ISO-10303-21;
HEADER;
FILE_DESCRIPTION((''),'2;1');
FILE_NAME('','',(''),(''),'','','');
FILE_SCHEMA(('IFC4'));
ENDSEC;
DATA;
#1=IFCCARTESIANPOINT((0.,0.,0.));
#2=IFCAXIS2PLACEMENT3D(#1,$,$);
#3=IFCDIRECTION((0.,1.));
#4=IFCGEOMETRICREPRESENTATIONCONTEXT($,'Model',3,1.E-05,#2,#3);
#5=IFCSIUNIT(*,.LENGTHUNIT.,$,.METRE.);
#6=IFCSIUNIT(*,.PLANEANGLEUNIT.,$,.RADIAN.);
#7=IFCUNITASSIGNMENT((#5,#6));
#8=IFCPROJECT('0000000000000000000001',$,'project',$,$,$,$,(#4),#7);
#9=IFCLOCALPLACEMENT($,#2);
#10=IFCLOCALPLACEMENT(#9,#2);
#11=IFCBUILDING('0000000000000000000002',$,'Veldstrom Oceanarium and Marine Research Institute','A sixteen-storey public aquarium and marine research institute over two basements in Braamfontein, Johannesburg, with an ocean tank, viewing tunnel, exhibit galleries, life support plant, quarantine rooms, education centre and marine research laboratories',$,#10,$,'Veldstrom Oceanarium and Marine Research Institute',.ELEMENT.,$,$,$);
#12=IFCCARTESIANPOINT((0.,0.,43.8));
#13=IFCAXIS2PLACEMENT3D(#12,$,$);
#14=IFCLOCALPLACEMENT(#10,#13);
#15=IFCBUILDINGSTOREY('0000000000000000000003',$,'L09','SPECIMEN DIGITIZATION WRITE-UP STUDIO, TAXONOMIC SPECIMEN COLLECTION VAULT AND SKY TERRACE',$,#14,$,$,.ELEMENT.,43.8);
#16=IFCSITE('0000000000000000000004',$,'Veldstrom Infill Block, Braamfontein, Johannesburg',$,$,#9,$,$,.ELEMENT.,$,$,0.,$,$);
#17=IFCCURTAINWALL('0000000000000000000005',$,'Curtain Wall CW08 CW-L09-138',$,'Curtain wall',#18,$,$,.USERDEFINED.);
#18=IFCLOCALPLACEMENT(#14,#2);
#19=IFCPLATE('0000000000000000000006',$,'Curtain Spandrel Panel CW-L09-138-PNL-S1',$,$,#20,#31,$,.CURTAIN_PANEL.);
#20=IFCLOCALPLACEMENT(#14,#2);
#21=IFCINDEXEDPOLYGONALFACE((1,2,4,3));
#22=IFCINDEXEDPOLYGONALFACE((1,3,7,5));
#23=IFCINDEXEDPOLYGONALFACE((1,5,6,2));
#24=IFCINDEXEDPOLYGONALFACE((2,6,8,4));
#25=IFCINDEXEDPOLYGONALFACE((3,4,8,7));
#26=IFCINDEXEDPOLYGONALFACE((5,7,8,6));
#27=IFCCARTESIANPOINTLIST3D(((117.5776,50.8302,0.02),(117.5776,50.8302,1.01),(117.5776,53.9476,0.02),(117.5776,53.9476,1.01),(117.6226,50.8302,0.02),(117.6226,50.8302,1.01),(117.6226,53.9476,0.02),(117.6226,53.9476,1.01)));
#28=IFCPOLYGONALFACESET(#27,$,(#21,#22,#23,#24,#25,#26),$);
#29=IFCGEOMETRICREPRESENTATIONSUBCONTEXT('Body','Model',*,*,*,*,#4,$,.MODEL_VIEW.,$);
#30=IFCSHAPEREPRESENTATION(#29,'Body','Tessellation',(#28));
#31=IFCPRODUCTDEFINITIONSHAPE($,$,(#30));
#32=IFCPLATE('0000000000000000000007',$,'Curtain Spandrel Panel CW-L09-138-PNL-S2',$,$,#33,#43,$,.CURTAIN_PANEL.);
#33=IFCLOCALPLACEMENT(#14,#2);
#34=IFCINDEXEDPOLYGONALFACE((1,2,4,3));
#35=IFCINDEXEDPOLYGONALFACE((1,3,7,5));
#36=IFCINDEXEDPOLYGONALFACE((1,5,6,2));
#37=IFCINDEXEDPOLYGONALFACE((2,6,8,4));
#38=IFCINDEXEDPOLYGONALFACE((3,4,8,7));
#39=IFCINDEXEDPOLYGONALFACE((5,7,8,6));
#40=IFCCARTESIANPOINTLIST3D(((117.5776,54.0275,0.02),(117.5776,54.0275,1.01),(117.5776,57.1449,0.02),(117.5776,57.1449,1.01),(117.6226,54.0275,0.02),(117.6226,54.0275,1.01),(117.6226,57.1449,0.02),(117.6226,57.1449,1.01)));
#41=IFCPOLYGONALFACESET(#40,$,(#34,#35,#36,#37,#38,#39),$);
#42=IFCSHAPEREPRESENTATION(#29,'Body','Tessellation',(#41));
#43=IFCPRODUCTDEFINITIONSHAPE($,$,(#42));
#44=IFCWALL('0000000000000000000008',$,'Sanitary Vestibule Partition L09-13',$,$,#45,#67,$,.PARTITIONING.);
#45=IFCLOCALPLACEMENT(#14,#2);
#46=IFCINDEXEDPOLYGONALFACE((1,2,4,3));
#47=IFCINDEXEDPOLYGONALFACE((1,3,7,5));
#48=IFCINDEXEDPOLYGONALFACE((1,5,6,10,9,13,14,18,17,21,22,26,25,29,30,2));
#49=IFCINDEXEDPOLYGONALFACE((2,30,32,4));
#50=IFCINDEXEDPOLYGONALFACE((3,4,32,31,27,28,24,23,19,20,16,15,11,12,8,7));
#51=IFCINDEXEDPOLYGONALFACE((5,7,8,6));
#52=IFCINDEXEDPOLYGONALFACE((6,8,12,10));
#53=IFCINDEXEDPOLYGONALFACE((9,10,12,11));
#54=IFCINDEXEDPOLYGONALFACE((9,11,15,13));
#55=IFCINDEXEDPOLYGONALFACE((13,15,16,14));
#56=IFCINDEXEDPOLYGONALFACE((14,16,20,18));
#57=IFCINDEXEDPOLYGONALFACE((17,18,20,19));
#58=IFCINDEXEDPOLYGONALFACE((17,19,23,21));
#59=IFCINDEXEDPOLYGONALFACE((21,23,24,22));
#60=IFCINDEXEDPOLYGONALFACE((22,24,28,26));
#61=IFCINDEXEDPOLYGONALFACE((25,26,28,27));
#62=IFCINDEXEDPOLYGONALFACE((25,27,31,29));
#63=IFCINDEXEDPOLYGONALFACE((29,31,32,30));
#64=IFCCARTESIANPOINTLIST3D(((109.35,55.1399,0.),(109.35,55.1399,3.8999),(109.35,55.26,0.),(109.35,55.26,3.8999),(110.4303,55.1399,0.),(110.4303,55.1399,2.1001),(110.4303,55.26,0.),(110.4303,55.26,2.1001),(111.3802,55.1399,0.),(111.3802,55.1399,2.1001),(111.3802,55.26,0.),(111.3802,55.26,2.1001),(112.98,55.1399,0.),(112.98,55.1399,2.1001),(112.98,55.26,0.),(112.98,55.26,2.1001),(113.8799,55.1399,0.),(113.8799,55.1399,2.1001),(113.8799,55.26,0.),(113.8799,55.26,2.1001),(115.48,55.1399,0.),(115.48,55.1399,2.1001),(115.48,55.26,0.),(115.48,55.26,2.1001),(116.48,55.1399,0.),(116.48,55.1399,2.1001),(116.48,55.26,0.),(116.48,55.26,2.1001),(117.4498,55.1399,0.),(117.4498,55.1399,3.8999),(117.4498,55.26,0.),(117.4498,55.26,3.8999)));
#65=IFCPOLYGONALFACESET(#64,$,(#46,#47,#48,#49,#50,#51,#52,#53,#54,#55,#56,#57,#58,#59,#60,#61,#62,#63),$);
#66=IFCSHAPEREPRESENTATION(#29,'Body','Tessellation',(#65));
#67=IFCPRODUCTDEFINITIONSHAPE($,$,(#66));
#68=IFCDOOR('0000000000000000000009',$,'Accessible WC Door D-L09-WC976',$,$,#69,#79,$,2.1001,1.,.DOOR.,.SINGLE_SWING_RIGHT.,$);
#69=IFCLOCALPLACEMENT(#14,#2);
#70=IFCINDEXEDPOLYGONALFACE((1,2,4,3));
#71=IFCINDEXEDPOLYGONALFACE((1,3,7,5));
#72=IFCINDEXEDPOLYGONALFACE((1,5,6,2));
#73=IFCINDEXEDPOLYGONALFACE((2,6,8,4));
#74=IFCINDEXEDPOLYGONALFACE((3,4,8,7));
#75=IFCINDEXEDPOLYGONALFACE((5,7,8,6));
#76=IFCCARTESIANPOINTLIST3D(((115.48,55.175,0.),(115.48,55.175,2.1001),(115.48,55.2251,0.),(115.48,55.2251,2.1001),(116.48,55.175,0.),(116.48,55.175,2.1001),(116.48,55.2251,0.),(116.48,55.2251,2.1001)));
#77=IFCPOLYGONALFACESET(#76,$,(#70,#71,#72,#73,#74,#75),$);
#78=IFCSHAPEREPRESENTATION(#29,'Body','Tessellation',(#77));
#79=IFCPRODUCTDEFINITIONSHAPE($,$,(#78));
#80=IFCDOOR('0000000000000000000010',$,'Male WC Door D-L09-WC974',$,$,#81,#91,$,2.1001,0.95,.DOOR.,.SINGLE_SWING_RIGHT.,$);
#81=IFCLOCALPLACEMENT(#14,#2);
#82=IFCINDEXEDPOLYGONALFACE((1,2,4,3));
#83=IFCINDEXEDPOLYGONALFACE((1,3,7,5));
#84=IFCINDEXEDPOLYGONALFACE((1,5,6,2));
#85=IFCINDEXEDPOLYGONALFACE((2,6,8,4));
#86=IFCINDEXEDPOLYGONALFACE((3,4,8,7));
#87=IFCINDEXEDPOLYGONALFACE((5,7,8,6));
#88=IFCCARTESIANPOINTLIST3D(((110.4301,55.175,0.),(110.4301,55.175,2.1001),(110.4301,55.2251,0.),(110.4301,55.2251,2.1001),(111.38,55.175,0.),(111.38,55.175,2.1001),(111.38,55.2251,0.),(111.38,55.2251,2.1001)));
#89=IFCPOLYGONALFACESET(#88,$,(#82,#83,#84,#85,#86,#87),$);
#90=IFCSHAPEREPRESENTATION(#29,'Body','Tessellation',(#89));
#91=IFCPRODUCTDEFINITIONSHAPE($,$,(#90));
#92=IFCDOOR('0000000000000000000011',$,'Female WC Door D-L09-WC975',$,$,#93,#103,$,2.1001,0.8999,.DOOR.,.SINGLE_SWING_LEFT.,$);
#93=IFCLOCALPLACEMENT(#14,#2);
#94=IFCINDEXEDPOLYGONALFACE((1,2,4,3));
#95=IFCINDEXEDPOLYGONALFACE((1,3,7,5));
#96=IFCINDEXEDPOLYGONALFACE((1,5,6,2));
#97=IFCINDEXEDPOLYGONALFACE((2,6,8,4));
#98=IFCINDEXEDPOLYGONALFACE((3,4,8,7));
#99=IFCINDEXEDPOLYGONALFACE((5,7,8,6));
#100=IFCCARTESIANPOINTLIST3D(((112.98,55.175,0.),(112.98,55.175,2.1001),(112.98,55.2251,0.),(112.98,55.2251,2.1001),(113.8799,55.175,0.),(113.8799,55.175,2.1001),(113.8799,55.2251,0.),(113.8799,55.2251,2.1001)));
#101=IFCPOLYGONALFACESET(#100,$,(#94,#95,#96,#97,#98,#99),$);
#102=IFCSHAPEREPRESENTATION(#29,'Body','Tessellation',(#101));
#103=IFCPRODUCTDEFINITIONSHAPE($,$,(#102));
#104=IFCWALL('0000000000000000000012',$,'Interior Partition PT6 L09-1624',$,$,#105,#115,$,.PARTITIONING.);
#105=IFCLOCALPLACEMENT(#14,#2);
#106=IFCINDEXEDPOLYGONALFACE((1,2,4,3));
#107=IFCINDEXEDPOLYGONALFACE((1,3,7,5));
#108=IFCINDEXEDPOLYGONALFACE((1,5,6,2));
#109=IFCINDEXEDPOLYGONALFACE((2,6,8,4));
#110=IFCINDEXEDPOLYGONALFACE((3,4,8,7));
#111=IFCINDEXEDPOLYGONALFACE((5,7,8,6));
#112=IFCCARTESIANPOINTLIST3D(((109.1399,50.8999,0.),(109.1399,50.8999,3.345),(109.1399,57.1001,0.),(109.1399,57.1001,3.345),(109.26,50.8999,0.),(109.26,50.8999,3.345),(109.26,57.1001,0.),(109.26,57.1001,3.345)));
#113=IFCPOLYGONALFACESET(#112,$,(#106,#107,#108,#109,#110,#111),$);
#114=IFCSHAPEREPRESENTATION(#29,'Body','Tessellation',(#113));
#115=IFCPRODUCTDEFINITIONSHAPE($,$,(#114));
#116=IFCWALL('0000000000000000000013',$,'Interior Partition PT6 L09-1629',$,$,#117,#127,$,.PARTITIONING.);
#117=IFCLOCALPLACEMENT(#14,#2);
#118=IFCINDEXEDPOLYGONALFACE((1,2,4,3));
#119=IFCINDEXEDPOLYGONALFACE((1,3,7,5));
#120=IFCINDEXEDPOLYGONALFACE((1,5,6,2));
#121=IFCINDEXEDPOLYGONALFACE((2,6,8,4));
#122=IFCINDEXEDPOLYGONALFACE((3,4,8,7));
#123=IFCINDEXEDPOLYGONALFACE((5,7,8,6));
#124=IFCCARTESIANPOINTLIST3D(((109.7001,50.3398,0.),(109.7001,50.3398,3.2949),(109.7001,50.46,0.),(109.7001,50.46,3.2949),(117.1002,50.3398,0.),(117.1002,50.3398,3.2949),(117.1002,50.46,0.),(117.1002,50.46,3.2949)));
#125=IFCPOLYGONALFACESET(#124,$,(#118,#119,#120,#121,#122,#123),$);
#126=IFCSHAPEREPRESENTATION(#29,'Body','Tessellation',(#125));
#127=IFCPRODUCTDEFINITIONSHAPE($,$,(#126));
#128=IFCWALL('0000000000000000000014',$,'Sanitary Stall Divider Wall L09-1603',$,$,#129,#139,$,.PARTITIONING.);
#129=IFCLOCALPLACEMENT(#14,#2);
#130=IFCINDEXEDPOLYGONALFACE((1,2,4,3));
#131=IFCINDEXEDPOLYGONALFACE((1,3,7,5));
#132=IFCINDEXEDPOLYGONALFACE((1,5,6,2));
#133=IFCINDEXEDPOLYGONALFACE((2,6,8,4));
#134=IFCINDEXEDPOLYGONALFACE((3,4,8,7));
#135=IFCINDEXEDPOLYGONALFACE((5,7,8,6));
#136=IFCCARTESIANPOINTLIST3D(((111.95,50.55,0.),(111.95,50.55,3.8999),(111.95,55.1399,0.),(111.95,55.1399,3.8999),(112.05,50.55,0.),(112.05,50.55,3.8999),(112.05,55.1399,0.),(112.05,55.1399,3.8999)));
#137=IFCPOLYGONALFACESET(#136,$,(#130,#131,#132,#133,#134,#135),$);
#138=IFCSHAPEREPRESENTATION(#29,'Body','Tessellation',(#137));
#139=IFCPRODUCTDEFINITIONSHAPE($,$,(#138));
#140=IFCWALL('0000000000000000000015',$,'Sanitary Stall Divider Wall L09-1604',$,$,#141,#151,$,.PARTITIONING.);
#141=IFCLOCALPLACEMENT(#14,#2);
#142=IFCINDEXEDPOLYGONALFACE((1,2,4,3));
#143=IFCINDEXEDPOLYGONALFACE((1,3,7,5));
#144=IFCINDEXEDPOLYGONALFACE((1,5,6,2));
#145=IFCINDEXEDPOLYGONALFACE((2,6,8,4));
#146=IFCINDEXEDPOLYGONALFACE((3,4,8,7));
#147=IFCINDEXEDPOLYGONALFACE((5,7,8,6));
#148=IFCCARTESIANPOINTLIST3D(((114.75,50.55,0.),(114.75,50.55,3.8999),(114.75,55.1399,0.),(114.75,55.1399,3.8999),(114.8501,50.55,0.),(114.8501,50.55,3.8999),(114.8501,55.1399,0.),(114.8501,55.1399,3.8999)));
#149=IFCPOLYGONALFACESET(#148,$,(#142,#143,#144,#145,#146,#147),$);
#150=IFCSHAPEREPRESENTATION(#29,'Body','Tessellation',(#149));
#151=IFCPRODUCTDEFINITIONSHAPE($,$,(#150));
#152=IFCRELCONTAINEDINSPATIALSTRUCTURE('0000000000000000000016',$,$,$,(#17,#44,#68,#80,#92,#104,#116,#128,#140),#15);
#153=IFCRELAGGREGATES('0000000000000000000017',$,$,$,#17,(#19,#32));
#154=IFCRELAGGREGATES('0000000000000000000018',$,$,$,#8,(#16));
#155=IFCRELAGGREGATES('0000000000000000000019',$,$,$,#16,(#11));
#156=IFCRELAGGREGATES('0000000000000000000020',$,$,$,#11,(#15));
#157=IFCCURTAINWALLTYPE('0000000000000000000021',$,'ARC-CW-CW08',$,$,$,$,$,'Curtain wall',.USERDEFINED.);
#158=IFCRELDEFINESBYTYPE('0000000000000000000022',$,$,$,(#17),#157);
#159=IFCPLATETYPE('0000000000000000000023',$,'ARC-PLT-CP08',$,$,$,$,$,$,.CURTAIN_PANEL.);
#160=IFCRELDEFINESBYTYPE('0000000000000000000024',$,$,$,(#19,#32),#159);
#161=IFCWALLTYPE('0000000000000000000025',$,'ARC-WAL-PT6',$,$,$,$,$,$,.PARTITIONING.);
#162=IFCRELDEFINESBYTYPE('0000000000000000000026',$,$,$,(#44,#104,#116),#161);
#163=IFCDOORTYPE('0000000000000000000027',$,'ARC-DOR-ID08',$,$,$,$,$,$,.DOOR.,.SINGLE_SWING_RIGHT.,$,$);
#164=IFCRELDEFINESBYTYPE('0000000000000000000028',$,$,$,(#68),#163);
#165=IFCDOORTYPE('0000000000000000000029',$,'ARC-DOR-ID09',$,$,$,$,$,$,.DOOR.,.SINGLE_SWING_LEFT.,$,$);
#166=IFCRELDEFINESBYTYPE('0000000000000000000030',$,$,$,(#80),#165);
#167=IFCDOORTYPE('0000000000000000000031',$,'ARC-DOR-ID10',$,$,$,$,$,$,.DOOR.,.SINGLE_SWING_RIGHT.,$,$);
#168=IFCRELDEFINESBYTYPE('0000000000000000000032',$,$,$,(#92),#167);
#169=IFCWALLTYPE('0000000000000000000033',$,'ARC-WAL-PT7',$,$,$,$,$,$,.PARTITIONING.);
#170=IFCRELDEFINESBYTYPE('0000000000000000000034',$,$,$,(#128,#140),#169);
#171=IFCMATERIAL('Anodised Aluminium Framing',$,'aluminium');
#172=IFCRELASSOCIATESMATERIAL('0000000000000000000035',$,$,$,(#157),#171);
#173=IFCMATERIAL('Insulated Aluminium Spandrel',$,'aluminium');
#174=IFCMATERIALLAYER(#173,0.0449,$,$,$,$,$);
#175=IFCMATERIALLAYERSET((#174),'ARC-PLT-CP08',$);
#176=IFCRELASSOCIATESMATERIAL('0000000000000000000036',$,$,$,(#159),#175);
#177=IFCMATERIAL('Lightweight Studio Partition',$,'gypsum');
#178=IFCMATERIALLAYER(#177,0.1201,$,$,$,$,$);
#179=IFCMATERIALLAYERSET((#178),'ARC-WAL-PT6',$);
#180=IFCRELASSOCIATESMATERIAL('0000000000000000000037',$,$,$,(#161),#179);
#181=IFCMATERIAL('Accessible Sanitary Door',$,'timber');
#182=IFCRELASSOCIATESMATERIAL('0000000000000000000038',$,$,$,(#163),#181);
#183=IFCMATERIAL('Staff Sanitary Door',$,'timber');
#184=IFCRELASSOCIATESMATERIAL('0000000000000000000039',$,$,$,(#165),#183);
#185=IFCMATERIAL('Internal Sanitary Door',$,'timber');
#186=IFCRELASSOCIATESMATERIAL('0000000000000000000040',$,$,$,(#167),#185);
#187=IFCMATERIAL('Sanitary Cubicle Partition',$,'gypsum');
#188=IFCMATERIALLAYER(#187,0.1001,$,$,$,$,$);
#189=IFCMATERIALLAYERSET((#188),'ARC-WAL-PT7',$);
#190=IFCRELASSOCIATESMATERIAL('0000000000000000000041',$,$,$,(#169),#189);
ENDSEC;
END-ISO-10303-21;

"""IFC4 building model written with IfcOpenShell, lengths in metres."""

from ifc_helpers import new_model, si_unit, direction, frame, frame_2d, origin, origin_2d, place, context, subcontext, project, spatial, rectangle, extrude, material, layer, layer_set, type_object, element, fill, aggregate, save


model = new_model("IFC4")

# Units and contexts
model_context = context("Model", 3, precision=1e-05, world=origin(), true_north=direction((0.0, 1.0)))
body_context = subcontext(model_context, "Body", "Model", "MODEL_VIEW")
ifc_project = project(units=[si_unit("LENGTHUNIT", "METRE"), si_unit("PLANEANGLEUNIT", "RADIAN")], contexts=[model_context])

# Site, building, storey
site_placement = place(None, origin())
site = spatial("IfcSite", under=ifc_project, at=site_placement, Name="Veldstrom Infill Block, Braamfontein, Johannesburg", CompositionType="ELEMENT", RefElevation=0.0)
building_placement = place(site_placement, origin())
building = spatial("IfcBuilding", under=site, at=building_placement, Name="Veldstrom Oceanarium and Marine Research Institute", Description="A sixteen-storey public aquarium and marine research institute over two basements in Braamfontein, Johannesburg, with an ocean tank, viewing tunnel, exhibit galleries, life support plant, quarantine rooms, education centre and marine research laboratories", LongName="Veldstrom Oceanarium and Marine Research Institute", CompositionType="ELEMENT")
storey_placement = place(building_placement, frame((0.0, 0.0, 43.8)))
storey = spatial("IfcBuildingStorey", under=building, at=storey_placement, Name="L09", Description="SPECIMEN DIGITIZATION WRITE-UP STUDIO, TAXONOMIC SPECIMEN COLLECTION VAULT AND SKY TERRACE", CompositionType="ELEMENT", Elevation=43.8)

# Curtain wall
ifc_material_1 = material(Name="Anodised Aluminium Framing", Category="aluminium")
curtain_wall_type = type_object("IfcCurtainWallType", Name="ARC-CW-CW08", ElementType="Curtain wall", PredefinedType="USERDEFINED", material=ifc_material_1)
curtain_wall_placement = place(storey_placement, origin())
curtain_wall = element("IfcCurtainWall", 1, at=curtain_wall_placement, inside=storey, type_object=curtain_wall_type, Name="Curtain Wall CW08 CW-L09-138", ObjectType="Curtain wall", PredefinedType="USERDEFINED")

# Plates
ifc_material_2 = material(Name="Insulated Aluminium Spandrel", Category="aluminium")
ifc_layer_1 = layer(ifc_material_2, 0.0449)
ifc_layer_set_1 = layer_set([ifc_layer_1], Name="ARC-PLT-CP08")
plate_type_1 = type_object("IfcPlateType", Name="ARC-PLT-CP08", PredefinedType="CURTAIN_PANEL", material=ifc_layer_set_1)
plate_1_placement = place(storey_placement, frame((117.6001, 52.3889, 0.02), z_axis=(0.0, 0.0, 1.0), x_axis=(0.0, 1.0, 0.0)))
plate_1 = element("IfcPlate", 2, at=plate_1_placement, type_object=plate_type_1, Name="Curtain Spandrel Panel CW-L09-138-PNL-S1", PredefinedType="CURTAIN_PANEL", context=body_context, shape_type="SweptSolid", body=[
    extrude(rectangle(XDim=3.1174, YDim=0.0449, at=origin_2d()), origin(), (0.0, 0.0, 1.0), 0.99),
])
plate_2_placement = place(storey_placement, frame((117.6001, 55.5862, 0.02), z_axis=(0.0, 0.0, 1.0), x_axis=(0.0, 1.0, 0.0)))
plate_2 = element("IfcPlate", 3, at=plate_2_placement, type_object=plate_type_1, Name="Curtain Spandrel Panel CW-L09-138-PNL-S2", PredefinedType="CURTAIN_PANEL", context=body_context, shape_type="SweptSolid", body=[
    extrude(rectangle(XDim=3.1174, YDim=0.0449, at=origin_2d()), origin(), (0.0, 0.0, 1.0), 0.99),
])
aggregate(curtain_wall, [plate_1, plate_2])

# Wall, openings, doors
ifc_material_3 = material(Name="Lightweight Studio Partition", Category="gypsum")
ifc_layer_2 = layer(ifc_material_3, 0.1201)
ifc_layer_set_2 = layer_set([ifc_layer_2], Name="ARC-WAL-PT6")
wall_type_1 = type_object("IfcWallType", Name="ARC-WAL-PT6", PredefinedType="PARTITIONING", material=ifc_layer_set_2)
wall_1_placement = place(storey_placement, frame((109.3501, 55.2, 0.0), z_axis=(0.0, 0.0, 1.0), x_axis=(1.0, 0.0, 0.0)))
wall_1 = element("IfcWall", 4, at=wall_1_placement, inside=storey, type_object=wall_type_1, Name="Sanitary Vestibule Partition L09-13", PredefinedType="PARTITIONING", context=body_context, shape_type="SweptSolid", body=[
    extrude(rectangle(XDim=8.0999, YDim=0.1201, at=frame_2d((4.0498, 0.0))), origin(), (0.0, 0.0, 1.0), 3.8999),
])
opening_1_placement = place(wall_1_placement, frame((1.0801, 0.0, 0.0)))
opening_1 = element("IfcOpeningElement", 5, at=opening_1_placement, cuts=wall_1, PredefinedType="OPENING", context=body_context, shape_type="SweptSolid", body=[
    extrude(rectangle(XDim=0.95, YDim=2.1001, at=frame_2d((0.4751, 1.05))), frame((0.0, 0.0701, 0.0), z_axis=(0.0, -1.0, 0.0), x_axis=(1.0, 0.0, 0.0)), (0.0, 0.0, 1.0), 0.1401),
])
opening_2_placement = place(wall_1_placement, frame((3.6299, 0.0, 0.0)))
opening_2 = element("IfcOpeningElement", 6, at=opening_2_placement, cuts=wall_1, PredefinedType="OPENING", context=body_context, shape_type="SweptSolid", body=[
    extrude(rectangle(XDim=0.8999, YDim=2.1001, at=frame_2d((0.45, 1.05))), frame((0.0, 0.0701, 0.0), z_axis=(0.0, -1.0, 0.0), x_axis=(1.0, 0.0, 0.0)), (0.0, 0.0, 1.0), 0.1401),
])
opening_3_placement = place(wall_1_placement, frame((6.1299, 0.0, 0.0)))
opening_3 = element("IfcOpeningElement", 7, at=opening_3_placement, cuts=wall_1, PredefinedType="OPENING", context=body_context, shape_type="SweptSolid", body=[
    extrude(rectangle(XDim=1.0, YDim=2.1001, at=frame_2d((0.5, 1.05))), frame((0.0, 0.0701, 0.0), z_axis=(0.0, -1.0, 0.0), x_axis=(1.0, 0.0, 0.0)), (0.0, 0.0, 1.0), 0.1401),
])
ifc_material_4 = material(Name="Accessible Sanitary Door", Category="timber")
door_type_1 = type_object("IfcDoorType", Name="ARC-DOR-ID08", OperationType="SINGLE_SWING_RIGHT", PredefinedType="DOOR", material=ifc_material_4)
door_1_placement = place(opening_3_placement, frame((1.0, 0.0, 0.0), z_axis=(0.0, 0.0, 1.0), x_axis=(-1.0, 0.0, 0.0)))
door_1 = element("IfcDoor", 8, at=door_1_placement, inside=storey, type_object=door_type_1, Name="Accessible WC Door D-L09-WC976", OperationType="SINGLE_SWING_RIGHT", OverallHeight=2.1001, OverallWidth=1.0, PredefinedType="DOOR", context=body_context, shape_type="SweptSolid", body=[
    extrude(rectangle(XDim=1.0, YDim=2.1001, at=frame_2d((0.5, 1.05))), frame((0.0, 0.0249, 0.0), z_axis=(0.0, -1.0, 0.0), x_axis=(1.0, 0.0, 0.0)), (0.0, 0.0, 1.0), 0.05),
])
fill(opening_3, door_1)
ifc_material_5 = material(Name="Staff Sanitary Door", Category="timber")
door_type_2 = type_object("IfcDoorType", Name="ARC-DOR-ID09", OperationType="SINGLE_SWING_LEFT", PredefinedType="DOOR", material=ifc_material_5)
door_2_placement = place(opening_1_placement, frame((0.95, 0.0, 0.0), z_axis=(0.0, 0.0, 1.0), x_axis=(-1.0, 0.0, 0.0)))
door_2 = element("IfcDoor", 9, at=door_2_placement, inside=storey, type_object=door_type_2, Name="Male WC Door D-L09-WC974", OperationType="SINGLE_SWING_RIGHT", OverallHeight=2.1001, OverallWidth=0.95, PredefinedType="DOOR", context=body_context, shape_type="SweptSolid", body=[
    extrude(rectangle(XDim=0.95, YDim=2.1001, at=frame_2d((0.4751, 1.05))), frame((0.0, 0.0249, 0.0), z_axis=(0.0, -1.0, 0.0), x_axis=(1.0, 0.0, 0.0)), (0.0, 0.0, 1.0), 0.05),
])
fill(opening_1, door_2)
ifc_material_6 = material(Name="Internal Sanitary Door", Category="timber")
door_type_3 = type_object("IfcDoorType", Name="ARC-DOR-ID10", OperationType="SINGLE_SWING_RIGHT", PredefinedType="DOOR", material=ifc_material_6)
door_3_placement = place(opening_2_placement, frame((0.8999, 0.0, 0.0), z_axis=(0.0, 0.0, 1.0), x_axis=(-1.0, 0.0, 0.0)))
door_3 = element("IfcDoor", 10, at=door_3_placement, inside=storey, type_object=door_type_3, Name="Female WC Door D-L09-WC975", OperationType="SINGLE_SWING_LEFT", OverallHeight=2.1001, OverallWidth=0.8999, PredefinedType="DOOR", context=body_context, shape_type="SweptSolid", body=[
    extrude(rectangle(XDim=0.8999, YDim=2.1001, at=frame_2d((0.45, 1.05))), frame((0.0, 0.0249, 0.0), z_axis=(0.0, -1.0, 0.0), x_axis=(1.0, 0.0, 0.0)), (0.0, 0.0, 1.0), 0.05),
])
fill(opening_2, door_3)

# Walls
wall_2_placement = place(storey_placement, frame((109.2, 50.8999, 0.0), z_axis=(0.0, 0.0, 1.0), x_axis=(0.0, 1.0, 0.0)))
element("IfcWall", 11, at=wall_2_placement, inside=storey, type_object=wall_type_1, Name="Interior Partition PT6 L09-1624", PredefinedType="PARTITIONING", context=body_context, shape_type="SweptSolid", body=[
    extrude(rectangle(XDim=6.2002, YDim=0.1201, at=frame_2d((3.1001, 0.0))), origin(), (0.0, 0.0, 1.0), 3.345),
])
wall_3_placement = place(storey_placement, frame((109.7, 50.3999, 0.0), z_axis=(0.0, 0.0, 1.0), x_axis=(1.0, 0.0, 0.0)))
element("IfcWall", 12, at=wall_3_placement, inside=storey, type_object=wall_type_1, Name="Interior Partition PT6 L09-1629", PredefinedType="PARTITIONING", context=body_context, shape_type="SweptSolid", body=[
    extrude(rectangle(XDim=7.4001, YDim=0.1201, at=frame_2d((3.7002, 0.0))), origin(), (0.0, 0.0, 1.0), 3.2949),
])
ifc_material_7 = material(Name="Sanitary Cubicle Partition", Category="gypsum")
ifc_layer_3 = layer(ifc_material_7, 0.1001)
ifc_layer_set_3 = layer_set([ifc_layer_3], Name="ARC-WAL-PT7")
wall_type_2 = type_object("IfcWallType", Name="ARC-WAL-PT7", PredefinedType="PARTITIONING", material=ifc_layer_set_3)
for number, where, z_axis, x_axis, name in (
    (13, (112.0, 50.55, 0.0), (0.0, 0.0, 1.0), (0.0, 1.0, 0.0), "Sanitary Stall Divider Wall L09-1603"),
    (14, (114.8, 50.55, 0.0), (0.0, 0.0, 1.0), (0.0, 1.0, 0.0), "Sanitary Stall Divider Wall L09-1604"),
):
    element("IfcWall", number, at=place(storey_placement, frame(where, z_axis=z_axis, x_axis=x_axis)), inside=storey, type_object=wall_type_2, Name=name, PredefinedType="PARTITIONING", context=body_context, shape_type="SweptSolid", body=[
        extrude(rectangle(XDim=4.5898, YDim=0.1001, at=frame_2d((2.2949, 0.0))), origin(), (0.0, 0.0, 1.0), 3.8999),
    ])

save(model, "model.ifc")
